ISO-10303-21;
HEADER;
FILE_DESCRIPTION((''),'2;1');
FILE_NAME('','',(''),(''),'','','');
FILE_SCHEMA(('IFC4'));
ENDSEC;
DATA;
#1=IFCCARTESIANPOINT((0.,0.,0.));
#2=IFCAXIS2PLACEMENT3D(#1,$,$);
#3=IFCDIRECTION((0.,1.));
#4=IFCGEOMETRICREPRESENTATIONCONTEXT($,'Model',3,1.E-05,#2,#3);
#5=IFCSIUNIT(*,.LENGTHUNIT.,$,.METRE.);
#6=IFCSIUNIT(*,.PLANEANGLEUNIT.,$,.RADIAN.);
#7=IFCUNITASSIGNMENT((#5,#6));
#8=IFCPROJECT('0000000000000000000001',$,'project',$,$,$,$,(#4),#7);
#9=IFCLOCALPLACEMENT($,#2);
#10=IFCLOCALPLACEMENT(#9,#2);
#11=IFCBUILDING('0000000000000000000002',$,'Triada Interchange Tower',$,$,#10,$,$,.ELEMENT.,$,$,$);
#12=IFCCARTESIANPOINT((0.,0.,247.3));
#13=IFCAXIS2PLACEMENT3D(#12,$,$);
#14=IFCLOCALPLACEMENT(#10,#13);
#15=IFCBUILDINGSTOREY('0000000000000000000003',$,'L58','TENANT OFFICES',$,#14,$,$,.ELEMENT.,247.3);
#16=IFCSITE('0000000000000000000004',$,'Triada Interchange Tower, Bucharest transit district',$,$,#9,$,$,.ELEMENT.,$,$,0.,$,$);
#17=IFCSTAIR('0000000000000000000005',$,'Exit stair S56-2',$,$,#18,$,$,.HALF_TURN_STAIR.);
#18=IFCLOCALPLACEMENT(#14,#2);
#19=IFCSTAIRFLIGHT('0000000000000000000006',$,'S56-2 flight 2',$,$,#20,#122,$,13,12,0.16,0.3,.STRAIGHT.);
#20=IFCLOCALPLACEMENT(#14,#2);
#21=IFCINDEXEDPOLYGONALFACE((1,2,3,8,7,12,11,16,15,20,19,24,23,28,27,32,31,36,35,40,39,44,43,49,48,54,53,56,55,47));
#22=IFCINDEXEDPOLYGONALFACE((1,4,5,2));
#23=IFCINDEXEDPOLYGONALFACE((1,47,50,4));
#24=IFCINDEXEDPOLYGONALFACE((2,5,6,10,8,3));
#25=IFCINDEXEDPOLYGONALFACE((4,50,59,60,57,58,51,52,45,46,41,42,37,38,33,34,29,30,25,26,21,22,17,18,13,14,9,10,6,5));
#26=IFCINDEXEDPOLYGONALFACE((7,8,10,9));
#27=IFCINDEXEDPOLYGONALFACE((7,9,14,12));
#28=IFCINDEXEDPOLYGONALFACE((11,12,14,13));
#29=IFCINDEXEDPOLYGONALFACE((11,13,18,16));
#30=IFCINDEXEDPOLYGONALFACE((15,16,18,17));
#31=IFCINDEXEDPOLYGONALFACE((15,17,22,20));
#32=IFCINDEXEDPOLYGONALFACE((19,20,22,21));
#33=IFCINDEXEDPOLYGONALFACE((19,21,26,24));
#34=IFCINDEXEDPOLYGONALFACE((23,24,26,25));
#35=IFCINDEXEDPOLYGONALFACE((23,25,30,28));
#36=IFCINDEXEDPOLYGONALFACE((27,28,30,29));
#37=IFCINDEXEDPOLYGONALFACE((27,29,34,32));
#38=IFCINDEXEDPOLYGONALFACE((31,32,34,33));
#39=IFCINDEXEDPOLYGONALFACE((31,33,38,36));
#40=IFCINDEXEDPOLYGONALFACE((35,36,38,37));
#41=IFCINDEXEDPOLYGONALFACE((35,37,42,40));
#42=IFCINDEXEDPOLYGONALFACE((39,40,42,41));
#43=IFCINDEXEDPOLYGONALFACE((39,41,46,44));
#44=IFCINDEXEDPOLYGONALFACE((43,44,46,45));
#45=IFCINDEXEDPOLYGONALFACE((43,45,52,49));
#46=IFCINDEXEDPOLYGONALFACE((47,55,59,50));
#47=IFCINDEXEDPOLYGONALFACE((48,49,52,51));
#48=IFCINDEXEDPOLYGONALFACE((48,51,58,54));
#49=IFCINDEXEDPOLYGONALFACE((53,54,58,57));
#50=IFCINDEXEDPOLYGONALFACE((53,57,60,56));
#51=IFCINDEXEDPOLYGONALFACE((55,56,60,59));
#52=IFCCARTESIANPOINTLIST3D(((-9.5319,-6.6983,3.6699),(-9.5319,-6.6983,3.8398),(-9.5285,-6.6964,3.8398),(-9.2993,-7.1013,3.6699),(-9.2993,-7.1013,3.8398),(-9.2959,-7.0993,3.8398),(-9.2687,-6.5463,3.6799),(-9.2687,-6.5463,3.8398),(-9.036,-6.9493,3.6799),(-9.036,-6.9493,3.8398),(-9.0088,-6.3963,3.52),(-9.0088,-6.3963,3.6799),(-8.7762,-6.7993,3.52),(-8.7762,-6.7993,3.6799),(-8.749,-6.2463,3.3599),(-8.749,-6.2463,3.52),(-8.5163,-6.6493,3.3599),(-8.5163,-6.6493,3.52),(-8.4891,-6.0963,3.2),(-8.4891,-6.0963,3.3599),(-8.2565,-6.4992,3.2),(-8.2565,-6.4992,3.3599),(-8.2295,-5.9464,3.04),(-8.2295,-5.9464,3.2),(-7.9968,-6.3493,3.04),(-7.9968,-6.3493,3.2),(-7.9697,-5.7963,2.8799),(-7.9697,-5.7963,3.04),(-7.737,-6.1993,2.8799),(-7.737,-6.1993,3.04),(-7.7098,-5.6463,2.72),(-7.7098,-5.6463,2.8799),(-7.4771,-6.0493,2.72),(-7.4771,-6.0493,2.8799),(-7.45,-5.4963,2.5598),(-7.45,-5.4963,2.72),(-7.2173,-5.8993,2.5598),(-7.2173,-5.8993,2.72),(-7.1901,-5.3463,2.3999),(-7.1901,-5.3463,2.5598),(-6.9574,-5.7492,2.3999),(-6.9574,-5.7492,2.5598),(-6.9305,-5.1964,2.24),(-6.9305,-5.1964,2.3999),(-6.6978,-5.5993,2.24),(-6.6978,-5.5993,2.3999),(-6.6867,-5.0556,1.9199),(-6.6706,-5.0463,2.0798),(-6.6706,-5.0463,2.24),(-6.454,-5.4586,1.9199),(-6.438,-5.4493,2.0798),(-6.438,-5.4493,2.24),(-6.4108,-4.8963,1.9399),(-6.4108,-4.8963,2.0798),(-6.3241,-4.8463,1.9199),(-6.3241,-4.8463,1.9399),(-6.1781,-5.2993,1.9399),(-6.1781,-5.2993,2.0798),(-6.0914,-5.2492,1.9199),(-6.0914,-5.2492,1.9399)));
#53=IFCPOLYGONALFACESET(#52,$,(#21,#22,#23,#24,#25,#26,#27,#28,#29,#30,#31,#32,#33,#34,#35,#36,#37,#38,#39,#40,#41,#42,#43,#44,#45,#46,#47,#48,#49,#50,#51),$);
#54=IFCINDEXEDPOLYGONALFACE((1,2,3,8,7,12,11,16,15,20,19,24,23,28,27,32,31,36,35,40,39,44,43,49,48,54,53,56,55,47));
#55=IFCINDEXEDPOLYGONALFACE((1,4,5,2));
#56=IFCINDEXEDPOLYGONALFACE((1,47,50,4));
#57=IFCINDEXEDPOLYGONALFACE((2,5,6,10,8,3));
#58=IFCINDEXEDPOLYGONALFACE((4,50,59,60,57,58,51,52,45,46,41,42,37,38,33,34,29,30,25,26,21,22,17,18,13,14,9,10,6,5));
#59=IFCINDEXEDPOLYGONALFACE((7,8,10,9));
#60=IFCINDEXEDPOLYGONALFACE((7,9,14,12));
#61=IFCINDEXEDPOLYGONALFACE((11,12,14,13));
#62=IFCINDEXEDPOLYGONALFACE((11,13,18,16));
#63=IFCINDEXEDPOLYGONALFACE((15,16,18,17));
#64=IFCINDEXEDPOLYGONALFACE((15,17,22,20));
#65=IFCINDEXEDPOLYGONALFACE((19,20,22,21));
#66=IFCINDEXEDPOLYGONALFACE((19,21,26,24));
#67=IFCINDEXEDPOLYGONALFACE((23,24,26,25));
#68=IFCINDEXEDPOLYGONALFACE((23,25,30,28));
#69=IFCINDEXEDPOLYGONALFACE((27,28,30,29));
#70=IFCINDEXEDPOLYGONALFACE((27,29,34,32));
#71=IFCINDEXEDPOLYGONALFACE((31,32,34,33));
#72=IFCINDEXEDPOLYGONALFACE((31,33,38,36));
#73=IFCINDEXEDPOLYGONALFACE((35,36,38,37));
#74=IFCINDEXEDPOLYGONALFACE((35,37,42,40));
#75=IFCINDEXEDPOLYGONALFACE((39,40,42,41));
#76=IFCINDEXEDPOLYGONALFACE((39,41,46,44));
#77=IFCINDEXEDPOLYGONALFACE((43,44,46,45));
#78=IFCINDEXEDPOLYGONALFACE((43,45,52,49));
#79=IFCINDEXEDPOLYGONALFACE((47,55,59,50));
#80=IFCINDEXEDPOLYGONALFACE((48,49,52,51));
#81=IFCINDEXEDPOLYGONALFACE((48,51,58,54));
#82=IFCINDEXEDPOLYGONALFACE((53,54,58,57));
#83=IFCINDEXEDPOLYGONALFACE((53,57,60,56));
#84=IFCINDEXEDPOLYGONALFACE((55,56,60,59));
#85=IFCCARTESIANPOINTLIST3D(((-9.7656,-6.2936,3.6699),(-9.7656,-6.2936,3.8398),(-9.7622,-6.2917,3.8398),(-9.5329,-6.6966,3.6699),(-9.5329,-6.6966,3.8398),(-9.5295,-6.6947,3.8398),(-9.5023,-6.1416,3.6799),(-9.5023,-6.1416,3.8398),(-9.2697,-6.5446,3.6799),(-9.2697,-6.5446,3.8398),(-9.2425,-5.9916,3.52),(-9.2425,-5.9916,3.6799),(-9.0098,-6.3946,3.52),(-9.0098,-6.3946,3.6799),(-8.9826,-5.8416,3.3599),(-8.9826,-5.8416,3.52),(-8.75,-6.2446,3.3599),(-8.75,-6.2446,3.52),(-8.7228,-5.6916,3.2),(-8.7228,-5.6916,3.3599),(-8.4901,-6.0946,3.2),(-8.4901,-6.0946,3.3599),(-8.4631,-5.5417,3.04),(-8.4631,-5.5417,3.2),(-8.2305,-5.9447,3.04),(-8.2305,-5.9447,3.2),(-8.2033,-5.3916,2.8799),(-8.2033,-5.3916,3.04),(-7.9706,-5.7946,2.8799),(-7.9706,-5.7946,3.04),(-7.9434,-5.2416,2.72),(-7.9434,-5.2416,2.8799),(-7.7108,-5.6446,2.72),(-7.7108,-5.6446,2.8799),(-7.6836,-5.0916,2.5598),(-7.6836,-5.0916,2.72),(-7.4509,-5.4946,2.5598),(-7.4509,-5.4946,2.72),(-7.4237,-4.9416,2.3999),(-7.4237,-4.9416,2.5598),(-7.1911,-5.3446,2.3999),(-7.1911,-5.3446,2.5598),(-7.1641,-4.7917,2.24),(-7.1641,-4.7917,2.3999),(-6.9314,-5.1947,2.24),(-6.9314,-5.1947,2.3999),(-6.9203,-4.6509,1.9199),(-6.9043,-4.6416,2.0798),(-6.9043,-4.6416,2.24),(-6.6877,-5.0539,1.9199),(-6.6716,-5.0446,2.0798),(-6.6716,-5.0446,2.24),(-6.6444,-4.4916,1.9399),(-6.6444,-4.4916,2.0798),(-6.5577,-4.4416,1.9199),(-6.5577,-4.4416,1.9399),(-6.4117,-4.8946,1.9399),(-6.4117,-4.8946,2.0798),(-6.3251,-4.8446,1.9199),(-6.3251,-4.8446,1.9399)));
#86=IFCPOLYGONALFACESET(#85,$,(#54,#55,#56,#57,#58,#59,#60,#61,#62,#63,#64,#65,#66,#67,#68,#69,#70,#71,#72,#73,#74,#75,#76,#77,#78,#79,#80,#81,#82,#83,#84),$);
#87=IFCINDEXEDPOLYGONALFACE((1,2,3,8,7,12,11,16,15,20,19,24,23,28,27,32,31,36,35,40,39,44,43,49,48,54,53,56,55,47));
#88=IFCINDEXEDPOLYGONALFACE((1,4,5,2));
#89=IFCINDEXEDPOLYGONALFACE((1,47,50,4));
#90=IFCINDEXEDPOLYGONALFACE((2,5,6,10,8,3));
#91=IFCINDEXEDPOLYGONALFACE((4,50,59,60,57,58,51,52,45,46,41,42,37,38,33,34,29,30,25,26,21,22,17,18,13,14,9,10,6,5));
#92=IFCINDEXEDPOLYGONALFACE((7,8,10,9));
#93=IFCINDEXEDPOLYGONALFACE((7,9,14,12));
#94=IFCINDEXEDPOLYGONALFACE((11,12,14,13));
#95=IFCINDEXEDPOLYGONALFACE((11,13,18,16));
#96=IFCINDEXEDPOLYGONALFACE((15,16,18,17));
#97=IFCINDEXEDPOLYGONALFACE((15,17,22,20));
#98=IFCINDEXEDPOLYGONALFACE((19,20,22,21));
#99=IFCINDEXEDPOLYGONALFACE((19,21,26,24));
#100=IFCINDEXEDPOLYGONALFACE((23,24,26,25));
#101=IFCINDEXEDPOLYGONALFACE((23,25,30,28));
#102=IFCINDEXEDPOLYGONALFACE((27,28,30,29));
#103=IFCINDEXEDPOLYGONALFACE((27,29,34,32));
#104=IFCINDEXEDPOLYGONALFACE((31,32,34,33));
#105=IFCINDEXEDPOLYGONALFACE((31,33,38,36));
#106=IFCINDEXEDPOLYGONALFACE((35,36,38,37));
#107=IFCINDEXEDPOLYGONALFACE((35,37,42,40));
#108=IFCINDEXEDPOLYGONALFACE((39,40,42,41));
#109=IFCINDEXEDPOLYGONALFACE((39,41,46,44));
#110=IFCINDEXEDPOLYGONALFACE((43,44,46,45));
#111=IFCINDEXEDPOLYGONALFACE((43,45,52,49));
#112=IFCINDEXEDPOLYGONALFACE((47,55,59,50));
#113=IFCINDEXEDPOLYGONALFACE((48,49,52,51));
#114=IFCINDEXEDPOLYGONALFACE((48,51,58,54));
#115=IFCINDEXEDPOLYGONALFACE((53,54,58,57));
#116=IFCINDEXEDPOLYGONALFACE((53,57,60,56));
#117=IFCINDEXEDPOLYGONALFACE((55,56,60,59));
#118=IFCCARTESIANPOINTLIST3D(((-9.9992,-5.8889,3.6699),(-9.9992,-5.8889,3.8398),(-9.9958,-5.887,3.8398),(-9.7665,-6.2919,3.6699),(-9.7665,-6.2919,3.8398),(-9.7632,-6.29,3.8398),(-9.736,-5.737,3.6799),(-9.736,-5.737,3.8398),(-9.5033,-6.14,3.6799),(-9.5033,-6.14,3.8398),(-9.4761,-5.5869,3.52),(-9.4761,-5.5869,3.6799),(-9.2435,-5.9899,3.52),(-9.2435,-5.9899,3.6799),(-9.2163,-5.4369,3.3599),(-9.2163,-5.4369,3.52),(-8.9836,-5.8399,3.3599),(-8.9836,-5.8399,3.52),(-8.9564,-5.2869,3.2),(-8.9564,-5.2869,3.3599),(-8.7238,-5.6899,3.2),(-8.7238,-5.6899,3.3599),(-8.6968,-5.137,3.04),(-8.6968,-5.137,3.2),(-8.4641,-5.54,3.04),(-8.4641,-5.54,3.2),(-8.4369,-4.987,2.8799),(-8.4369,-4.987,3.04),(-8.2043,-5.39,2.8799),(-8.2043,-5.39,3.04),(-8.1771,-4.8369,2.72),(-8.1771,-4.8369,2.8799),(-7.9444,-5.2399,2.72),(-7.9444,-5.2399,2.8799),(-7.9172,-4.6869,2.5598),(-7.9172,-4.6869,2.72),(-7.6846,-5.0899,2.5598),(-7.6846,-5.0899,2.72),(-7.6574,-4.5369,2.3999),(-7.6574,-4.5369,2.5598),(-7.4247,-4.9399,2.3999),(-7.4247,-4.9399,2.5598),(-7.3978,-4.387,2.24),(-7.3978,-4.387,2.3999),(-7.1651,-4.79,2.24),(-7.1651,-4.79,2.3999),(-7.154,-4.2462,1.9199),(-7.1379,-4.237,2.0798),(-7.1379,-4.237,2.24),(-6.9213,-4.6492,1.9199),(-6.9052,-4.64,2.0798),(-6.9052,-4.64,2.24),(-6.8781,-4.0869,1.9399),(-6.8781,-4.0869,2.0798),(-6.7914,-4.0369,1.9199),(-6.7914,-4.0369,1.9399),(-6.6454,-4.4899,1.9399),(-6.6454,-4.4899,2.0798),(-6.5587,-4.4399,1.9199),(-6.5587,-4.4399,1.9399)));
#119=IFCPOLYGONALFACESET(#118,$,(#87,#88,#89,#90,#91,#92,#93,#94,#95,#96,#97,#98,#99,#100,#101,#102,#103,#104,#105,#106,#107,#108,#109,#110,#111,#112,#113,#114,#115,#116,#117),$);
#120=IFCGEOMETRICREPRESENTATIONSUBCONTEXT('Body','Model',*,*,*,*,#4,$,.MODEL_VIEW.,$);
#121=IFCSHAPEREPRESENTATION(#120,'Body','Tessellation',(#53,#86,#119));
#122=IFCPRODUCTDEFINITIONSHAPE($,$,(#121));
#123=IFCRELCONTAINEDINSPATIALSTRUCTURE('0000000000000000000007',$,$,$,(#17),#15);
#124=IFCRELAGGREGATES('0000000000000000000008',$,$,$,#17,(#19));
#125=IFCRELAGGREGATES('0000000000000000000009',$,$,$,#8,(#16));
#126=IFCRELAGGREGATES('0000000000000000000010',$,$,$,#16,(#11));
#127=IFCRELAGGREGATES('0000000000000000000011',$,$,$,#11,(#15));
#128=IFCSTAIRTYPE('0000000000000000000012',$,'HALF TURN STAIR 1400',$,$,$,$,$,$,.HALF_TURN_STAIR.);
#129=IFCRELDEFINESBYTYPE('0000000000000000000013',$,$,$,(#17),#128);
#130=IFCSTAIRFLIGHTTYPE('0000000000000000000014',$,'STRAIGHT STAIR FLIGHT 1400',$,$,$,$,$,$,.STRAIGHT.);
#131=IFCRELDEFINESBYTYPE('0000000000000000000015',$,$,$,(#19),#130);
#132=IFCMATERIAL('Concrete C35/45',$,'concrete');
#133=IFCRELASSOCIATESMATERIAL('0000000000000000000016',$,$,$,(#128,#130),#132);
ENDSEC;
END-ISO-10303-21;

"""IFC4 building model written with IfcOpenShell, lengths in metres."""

from ifc_helpers import new_model, si_unit, direction, frame, origin, place, context, subcontext, project, spatial, polyline, outline, extrude, material, type_object, element, aggregate, save


model = new_model("IFC4")

# Units and contexts
model_context = context("Model", 3, precision=1e-05, world=origin(), true_north=direction((0.0, 1.0)))
body_context = subcontext(model_context, "Body", "Model", "MODEL_VIEW")
ifc_project = project(units=[si_unit("LENGTHUNIT", "METRE"), si_unit("PLANEANGLEUNIT", "RADIAN")], contexts=[model_context])

# Site, building, storey
site_placement = place(None, origin())
site = spatial("IfcSite", under=ifc_project, at=site_placement, Name="Triada Interchange Tower, Bucharest transit district", CompositionType="ELEMENT", RefElevation=0.0)
building_placement = place(site_placement, origin())
building = spatial("IfcBuilding", under=site, at=building_placement, Name="Triada Interchange Tower", CompositionType="ELEMENT")
storey_placement = place(building_placement, frame((0.0, 0.0, 247.3)))
storey = spatial("IfcBuildingStorey", under=building, at=storey_placement, Name="L58", Description="TENANT OFFICES", CompositionType="ELEMENT", Elevation=247.3)

# Stair, stair flight
ifc_material_1 = material(Name="Concrete C35/45", Category="concrete")
stair_type = type_object("IfcStairType", Name="HALF TURN STAIR 1400", PredefinedType="HALF_TURN_STAIR", material=ifc_material_1)
stair_placement = place(storey_placement, origin())
stair = element("IfcStair", 1, at=stair_placement, inside=storey, type_object=stair_type, Name="Exit stair S56-2", PredefinedType="HALF_TURN_STAIR")
stair_flight_type = type_object("IfcStairFlightType", Name="STRAIGHT STAIR FLIGHT 1400", PredefinedType="STRAIGHT", material=ifc_material_1)
stair_flight_1_placement = place(storey_placement, frame((-6.5281, -4.6931, 1.9199), z_axis=(0.0, 0.0, 1.0), x_axis=(-0.866025, -0.5, 0.0)))
stair_flight_1 = element("IfcStairFlight", 2, at=stair_flight_1_placement, type_object=stair_flight_type, Name="S56-2 flight 2", NumberOfRisers=13, NumberOfTreads=12, PredefinedType="STRAIGHT", RiserHeight=0.16, TreadLength=0.3, context=body_context, shape_type="SweptSolid", body=[
    extrude(outline(polyline([(-0.1001, 0.0), (-0.1001, 0.02), (0.0, 0.02), (0.0, 0.1599), (0.3, 0.1599), (0.3, 0.3201), (0.6001, 0.3201), (0.6001, 0.48), (0.8999, 0.48), (0.8999, 0.6399), (1.2, 0.6399), (1.2, 0.8), (1.5, 0.8), (1.5, 0.96), (1.8, 0.96), (1.8, 1.1201), (2.1001, 1.1201), (2.1001, 1.28), (2.3999, 1.28), (2.3999, 1.4399), (2.7, 1.4399), (2.7, 1.6001), (3.0, 1.6001), (3.0, 1.76), (3.3, 1.76), (3.3, 1.9199), (3.6001, 1.9199), (3.604, 1.9199), (3.604, 2.0801), (3.604, 1.75), (0.3186, 0.0), (-0.1001, 0.0)])), frame((0.0, 0.7, 0.0), z_axis=(0.0, -1.0, 0.0), x_axis=(1.0, 0.0, 0.0)), (0.0, 0.0, 1.0), 0.4653),
    extrude(outline(polyline([(-0.1001, 0.0), (-0.1001, 0.02), (0.0, 0.02), (0.0, 0.1599), (0.3, 0.1599), (0.3, 0.3201), (0.6001, 0.3201), (0.6001, 0.48), (0.8999, 0.48), (0.8999, 0.6399), (1.2, 0.6399), (1.2, 0.8), (1.5, 0.8), (1.5, 0.96), (1.8, 0.96), (1.8, 1.1201), (2.1001, 1.1201), (2.1001, 1.28), (2.3999, 1.28), (2.3999, 1.4399), (2.7, 1.4399), (2.7, 1.6001), (3.0, 1.6001), (3.0, 1.76), (3.3, 1.76), (3.3, 1.9199), (3.6001, 1.9199), (3.604, 1.9199), (3.604, 2.0801), (3.604, 1.75), (0.3186, 0.0), (-0.1001, 0.0)])), frame((0.0, 0.2327, 0.0), z_axis=(0.0, -1.0, 0.0), x_axis=(1.0, 0.0, 0.0)), (0.0, 0.0, 1.0), 0.4653),
    extrude(outline(polyline([(-0.1001, 0.0), (-0.1001, 0.02), (0.0, 0.02), (0.0, 0.1599), (0.3, 0.1599), (0.3, 0.3201), (0.6001, 0.3201), (0.6001, 0.48), (0.8999, 0.48), (0.8999, 0.6399), (1.2, 0.6399), (1.2, 0.8), (1.5, 0.8), (1.5, 0.96), (1.8, 0.96), (1.8, 1.1201), (2.1001, 1.1201), (2.1001, 1.28), (2.3999, 1.28), (2.3999, 1.4399), (2.7, 1.4399), (2.7, 1.6001), (3.0, 1.6001), (3.0, 1.76), (3.3, 1.76), (3.3, 1.9199), (3.6001, 1.9199), (3.604, 1.9199), (3.604, 2.0801), (3.604, 1.75), (0.3186, 0.0), (-0.1001, 0.0)])), frame((0.0, -0.2346, 0.0), z_axis=(0.0, -1.0, 0.0), x_axis=(1.0, 0.0, 0.0)), (0.0, 0.0, 1.0), 0.4653),
])
aggregate(stair, [stair_flight_1])

save(model, "model.ifc")
